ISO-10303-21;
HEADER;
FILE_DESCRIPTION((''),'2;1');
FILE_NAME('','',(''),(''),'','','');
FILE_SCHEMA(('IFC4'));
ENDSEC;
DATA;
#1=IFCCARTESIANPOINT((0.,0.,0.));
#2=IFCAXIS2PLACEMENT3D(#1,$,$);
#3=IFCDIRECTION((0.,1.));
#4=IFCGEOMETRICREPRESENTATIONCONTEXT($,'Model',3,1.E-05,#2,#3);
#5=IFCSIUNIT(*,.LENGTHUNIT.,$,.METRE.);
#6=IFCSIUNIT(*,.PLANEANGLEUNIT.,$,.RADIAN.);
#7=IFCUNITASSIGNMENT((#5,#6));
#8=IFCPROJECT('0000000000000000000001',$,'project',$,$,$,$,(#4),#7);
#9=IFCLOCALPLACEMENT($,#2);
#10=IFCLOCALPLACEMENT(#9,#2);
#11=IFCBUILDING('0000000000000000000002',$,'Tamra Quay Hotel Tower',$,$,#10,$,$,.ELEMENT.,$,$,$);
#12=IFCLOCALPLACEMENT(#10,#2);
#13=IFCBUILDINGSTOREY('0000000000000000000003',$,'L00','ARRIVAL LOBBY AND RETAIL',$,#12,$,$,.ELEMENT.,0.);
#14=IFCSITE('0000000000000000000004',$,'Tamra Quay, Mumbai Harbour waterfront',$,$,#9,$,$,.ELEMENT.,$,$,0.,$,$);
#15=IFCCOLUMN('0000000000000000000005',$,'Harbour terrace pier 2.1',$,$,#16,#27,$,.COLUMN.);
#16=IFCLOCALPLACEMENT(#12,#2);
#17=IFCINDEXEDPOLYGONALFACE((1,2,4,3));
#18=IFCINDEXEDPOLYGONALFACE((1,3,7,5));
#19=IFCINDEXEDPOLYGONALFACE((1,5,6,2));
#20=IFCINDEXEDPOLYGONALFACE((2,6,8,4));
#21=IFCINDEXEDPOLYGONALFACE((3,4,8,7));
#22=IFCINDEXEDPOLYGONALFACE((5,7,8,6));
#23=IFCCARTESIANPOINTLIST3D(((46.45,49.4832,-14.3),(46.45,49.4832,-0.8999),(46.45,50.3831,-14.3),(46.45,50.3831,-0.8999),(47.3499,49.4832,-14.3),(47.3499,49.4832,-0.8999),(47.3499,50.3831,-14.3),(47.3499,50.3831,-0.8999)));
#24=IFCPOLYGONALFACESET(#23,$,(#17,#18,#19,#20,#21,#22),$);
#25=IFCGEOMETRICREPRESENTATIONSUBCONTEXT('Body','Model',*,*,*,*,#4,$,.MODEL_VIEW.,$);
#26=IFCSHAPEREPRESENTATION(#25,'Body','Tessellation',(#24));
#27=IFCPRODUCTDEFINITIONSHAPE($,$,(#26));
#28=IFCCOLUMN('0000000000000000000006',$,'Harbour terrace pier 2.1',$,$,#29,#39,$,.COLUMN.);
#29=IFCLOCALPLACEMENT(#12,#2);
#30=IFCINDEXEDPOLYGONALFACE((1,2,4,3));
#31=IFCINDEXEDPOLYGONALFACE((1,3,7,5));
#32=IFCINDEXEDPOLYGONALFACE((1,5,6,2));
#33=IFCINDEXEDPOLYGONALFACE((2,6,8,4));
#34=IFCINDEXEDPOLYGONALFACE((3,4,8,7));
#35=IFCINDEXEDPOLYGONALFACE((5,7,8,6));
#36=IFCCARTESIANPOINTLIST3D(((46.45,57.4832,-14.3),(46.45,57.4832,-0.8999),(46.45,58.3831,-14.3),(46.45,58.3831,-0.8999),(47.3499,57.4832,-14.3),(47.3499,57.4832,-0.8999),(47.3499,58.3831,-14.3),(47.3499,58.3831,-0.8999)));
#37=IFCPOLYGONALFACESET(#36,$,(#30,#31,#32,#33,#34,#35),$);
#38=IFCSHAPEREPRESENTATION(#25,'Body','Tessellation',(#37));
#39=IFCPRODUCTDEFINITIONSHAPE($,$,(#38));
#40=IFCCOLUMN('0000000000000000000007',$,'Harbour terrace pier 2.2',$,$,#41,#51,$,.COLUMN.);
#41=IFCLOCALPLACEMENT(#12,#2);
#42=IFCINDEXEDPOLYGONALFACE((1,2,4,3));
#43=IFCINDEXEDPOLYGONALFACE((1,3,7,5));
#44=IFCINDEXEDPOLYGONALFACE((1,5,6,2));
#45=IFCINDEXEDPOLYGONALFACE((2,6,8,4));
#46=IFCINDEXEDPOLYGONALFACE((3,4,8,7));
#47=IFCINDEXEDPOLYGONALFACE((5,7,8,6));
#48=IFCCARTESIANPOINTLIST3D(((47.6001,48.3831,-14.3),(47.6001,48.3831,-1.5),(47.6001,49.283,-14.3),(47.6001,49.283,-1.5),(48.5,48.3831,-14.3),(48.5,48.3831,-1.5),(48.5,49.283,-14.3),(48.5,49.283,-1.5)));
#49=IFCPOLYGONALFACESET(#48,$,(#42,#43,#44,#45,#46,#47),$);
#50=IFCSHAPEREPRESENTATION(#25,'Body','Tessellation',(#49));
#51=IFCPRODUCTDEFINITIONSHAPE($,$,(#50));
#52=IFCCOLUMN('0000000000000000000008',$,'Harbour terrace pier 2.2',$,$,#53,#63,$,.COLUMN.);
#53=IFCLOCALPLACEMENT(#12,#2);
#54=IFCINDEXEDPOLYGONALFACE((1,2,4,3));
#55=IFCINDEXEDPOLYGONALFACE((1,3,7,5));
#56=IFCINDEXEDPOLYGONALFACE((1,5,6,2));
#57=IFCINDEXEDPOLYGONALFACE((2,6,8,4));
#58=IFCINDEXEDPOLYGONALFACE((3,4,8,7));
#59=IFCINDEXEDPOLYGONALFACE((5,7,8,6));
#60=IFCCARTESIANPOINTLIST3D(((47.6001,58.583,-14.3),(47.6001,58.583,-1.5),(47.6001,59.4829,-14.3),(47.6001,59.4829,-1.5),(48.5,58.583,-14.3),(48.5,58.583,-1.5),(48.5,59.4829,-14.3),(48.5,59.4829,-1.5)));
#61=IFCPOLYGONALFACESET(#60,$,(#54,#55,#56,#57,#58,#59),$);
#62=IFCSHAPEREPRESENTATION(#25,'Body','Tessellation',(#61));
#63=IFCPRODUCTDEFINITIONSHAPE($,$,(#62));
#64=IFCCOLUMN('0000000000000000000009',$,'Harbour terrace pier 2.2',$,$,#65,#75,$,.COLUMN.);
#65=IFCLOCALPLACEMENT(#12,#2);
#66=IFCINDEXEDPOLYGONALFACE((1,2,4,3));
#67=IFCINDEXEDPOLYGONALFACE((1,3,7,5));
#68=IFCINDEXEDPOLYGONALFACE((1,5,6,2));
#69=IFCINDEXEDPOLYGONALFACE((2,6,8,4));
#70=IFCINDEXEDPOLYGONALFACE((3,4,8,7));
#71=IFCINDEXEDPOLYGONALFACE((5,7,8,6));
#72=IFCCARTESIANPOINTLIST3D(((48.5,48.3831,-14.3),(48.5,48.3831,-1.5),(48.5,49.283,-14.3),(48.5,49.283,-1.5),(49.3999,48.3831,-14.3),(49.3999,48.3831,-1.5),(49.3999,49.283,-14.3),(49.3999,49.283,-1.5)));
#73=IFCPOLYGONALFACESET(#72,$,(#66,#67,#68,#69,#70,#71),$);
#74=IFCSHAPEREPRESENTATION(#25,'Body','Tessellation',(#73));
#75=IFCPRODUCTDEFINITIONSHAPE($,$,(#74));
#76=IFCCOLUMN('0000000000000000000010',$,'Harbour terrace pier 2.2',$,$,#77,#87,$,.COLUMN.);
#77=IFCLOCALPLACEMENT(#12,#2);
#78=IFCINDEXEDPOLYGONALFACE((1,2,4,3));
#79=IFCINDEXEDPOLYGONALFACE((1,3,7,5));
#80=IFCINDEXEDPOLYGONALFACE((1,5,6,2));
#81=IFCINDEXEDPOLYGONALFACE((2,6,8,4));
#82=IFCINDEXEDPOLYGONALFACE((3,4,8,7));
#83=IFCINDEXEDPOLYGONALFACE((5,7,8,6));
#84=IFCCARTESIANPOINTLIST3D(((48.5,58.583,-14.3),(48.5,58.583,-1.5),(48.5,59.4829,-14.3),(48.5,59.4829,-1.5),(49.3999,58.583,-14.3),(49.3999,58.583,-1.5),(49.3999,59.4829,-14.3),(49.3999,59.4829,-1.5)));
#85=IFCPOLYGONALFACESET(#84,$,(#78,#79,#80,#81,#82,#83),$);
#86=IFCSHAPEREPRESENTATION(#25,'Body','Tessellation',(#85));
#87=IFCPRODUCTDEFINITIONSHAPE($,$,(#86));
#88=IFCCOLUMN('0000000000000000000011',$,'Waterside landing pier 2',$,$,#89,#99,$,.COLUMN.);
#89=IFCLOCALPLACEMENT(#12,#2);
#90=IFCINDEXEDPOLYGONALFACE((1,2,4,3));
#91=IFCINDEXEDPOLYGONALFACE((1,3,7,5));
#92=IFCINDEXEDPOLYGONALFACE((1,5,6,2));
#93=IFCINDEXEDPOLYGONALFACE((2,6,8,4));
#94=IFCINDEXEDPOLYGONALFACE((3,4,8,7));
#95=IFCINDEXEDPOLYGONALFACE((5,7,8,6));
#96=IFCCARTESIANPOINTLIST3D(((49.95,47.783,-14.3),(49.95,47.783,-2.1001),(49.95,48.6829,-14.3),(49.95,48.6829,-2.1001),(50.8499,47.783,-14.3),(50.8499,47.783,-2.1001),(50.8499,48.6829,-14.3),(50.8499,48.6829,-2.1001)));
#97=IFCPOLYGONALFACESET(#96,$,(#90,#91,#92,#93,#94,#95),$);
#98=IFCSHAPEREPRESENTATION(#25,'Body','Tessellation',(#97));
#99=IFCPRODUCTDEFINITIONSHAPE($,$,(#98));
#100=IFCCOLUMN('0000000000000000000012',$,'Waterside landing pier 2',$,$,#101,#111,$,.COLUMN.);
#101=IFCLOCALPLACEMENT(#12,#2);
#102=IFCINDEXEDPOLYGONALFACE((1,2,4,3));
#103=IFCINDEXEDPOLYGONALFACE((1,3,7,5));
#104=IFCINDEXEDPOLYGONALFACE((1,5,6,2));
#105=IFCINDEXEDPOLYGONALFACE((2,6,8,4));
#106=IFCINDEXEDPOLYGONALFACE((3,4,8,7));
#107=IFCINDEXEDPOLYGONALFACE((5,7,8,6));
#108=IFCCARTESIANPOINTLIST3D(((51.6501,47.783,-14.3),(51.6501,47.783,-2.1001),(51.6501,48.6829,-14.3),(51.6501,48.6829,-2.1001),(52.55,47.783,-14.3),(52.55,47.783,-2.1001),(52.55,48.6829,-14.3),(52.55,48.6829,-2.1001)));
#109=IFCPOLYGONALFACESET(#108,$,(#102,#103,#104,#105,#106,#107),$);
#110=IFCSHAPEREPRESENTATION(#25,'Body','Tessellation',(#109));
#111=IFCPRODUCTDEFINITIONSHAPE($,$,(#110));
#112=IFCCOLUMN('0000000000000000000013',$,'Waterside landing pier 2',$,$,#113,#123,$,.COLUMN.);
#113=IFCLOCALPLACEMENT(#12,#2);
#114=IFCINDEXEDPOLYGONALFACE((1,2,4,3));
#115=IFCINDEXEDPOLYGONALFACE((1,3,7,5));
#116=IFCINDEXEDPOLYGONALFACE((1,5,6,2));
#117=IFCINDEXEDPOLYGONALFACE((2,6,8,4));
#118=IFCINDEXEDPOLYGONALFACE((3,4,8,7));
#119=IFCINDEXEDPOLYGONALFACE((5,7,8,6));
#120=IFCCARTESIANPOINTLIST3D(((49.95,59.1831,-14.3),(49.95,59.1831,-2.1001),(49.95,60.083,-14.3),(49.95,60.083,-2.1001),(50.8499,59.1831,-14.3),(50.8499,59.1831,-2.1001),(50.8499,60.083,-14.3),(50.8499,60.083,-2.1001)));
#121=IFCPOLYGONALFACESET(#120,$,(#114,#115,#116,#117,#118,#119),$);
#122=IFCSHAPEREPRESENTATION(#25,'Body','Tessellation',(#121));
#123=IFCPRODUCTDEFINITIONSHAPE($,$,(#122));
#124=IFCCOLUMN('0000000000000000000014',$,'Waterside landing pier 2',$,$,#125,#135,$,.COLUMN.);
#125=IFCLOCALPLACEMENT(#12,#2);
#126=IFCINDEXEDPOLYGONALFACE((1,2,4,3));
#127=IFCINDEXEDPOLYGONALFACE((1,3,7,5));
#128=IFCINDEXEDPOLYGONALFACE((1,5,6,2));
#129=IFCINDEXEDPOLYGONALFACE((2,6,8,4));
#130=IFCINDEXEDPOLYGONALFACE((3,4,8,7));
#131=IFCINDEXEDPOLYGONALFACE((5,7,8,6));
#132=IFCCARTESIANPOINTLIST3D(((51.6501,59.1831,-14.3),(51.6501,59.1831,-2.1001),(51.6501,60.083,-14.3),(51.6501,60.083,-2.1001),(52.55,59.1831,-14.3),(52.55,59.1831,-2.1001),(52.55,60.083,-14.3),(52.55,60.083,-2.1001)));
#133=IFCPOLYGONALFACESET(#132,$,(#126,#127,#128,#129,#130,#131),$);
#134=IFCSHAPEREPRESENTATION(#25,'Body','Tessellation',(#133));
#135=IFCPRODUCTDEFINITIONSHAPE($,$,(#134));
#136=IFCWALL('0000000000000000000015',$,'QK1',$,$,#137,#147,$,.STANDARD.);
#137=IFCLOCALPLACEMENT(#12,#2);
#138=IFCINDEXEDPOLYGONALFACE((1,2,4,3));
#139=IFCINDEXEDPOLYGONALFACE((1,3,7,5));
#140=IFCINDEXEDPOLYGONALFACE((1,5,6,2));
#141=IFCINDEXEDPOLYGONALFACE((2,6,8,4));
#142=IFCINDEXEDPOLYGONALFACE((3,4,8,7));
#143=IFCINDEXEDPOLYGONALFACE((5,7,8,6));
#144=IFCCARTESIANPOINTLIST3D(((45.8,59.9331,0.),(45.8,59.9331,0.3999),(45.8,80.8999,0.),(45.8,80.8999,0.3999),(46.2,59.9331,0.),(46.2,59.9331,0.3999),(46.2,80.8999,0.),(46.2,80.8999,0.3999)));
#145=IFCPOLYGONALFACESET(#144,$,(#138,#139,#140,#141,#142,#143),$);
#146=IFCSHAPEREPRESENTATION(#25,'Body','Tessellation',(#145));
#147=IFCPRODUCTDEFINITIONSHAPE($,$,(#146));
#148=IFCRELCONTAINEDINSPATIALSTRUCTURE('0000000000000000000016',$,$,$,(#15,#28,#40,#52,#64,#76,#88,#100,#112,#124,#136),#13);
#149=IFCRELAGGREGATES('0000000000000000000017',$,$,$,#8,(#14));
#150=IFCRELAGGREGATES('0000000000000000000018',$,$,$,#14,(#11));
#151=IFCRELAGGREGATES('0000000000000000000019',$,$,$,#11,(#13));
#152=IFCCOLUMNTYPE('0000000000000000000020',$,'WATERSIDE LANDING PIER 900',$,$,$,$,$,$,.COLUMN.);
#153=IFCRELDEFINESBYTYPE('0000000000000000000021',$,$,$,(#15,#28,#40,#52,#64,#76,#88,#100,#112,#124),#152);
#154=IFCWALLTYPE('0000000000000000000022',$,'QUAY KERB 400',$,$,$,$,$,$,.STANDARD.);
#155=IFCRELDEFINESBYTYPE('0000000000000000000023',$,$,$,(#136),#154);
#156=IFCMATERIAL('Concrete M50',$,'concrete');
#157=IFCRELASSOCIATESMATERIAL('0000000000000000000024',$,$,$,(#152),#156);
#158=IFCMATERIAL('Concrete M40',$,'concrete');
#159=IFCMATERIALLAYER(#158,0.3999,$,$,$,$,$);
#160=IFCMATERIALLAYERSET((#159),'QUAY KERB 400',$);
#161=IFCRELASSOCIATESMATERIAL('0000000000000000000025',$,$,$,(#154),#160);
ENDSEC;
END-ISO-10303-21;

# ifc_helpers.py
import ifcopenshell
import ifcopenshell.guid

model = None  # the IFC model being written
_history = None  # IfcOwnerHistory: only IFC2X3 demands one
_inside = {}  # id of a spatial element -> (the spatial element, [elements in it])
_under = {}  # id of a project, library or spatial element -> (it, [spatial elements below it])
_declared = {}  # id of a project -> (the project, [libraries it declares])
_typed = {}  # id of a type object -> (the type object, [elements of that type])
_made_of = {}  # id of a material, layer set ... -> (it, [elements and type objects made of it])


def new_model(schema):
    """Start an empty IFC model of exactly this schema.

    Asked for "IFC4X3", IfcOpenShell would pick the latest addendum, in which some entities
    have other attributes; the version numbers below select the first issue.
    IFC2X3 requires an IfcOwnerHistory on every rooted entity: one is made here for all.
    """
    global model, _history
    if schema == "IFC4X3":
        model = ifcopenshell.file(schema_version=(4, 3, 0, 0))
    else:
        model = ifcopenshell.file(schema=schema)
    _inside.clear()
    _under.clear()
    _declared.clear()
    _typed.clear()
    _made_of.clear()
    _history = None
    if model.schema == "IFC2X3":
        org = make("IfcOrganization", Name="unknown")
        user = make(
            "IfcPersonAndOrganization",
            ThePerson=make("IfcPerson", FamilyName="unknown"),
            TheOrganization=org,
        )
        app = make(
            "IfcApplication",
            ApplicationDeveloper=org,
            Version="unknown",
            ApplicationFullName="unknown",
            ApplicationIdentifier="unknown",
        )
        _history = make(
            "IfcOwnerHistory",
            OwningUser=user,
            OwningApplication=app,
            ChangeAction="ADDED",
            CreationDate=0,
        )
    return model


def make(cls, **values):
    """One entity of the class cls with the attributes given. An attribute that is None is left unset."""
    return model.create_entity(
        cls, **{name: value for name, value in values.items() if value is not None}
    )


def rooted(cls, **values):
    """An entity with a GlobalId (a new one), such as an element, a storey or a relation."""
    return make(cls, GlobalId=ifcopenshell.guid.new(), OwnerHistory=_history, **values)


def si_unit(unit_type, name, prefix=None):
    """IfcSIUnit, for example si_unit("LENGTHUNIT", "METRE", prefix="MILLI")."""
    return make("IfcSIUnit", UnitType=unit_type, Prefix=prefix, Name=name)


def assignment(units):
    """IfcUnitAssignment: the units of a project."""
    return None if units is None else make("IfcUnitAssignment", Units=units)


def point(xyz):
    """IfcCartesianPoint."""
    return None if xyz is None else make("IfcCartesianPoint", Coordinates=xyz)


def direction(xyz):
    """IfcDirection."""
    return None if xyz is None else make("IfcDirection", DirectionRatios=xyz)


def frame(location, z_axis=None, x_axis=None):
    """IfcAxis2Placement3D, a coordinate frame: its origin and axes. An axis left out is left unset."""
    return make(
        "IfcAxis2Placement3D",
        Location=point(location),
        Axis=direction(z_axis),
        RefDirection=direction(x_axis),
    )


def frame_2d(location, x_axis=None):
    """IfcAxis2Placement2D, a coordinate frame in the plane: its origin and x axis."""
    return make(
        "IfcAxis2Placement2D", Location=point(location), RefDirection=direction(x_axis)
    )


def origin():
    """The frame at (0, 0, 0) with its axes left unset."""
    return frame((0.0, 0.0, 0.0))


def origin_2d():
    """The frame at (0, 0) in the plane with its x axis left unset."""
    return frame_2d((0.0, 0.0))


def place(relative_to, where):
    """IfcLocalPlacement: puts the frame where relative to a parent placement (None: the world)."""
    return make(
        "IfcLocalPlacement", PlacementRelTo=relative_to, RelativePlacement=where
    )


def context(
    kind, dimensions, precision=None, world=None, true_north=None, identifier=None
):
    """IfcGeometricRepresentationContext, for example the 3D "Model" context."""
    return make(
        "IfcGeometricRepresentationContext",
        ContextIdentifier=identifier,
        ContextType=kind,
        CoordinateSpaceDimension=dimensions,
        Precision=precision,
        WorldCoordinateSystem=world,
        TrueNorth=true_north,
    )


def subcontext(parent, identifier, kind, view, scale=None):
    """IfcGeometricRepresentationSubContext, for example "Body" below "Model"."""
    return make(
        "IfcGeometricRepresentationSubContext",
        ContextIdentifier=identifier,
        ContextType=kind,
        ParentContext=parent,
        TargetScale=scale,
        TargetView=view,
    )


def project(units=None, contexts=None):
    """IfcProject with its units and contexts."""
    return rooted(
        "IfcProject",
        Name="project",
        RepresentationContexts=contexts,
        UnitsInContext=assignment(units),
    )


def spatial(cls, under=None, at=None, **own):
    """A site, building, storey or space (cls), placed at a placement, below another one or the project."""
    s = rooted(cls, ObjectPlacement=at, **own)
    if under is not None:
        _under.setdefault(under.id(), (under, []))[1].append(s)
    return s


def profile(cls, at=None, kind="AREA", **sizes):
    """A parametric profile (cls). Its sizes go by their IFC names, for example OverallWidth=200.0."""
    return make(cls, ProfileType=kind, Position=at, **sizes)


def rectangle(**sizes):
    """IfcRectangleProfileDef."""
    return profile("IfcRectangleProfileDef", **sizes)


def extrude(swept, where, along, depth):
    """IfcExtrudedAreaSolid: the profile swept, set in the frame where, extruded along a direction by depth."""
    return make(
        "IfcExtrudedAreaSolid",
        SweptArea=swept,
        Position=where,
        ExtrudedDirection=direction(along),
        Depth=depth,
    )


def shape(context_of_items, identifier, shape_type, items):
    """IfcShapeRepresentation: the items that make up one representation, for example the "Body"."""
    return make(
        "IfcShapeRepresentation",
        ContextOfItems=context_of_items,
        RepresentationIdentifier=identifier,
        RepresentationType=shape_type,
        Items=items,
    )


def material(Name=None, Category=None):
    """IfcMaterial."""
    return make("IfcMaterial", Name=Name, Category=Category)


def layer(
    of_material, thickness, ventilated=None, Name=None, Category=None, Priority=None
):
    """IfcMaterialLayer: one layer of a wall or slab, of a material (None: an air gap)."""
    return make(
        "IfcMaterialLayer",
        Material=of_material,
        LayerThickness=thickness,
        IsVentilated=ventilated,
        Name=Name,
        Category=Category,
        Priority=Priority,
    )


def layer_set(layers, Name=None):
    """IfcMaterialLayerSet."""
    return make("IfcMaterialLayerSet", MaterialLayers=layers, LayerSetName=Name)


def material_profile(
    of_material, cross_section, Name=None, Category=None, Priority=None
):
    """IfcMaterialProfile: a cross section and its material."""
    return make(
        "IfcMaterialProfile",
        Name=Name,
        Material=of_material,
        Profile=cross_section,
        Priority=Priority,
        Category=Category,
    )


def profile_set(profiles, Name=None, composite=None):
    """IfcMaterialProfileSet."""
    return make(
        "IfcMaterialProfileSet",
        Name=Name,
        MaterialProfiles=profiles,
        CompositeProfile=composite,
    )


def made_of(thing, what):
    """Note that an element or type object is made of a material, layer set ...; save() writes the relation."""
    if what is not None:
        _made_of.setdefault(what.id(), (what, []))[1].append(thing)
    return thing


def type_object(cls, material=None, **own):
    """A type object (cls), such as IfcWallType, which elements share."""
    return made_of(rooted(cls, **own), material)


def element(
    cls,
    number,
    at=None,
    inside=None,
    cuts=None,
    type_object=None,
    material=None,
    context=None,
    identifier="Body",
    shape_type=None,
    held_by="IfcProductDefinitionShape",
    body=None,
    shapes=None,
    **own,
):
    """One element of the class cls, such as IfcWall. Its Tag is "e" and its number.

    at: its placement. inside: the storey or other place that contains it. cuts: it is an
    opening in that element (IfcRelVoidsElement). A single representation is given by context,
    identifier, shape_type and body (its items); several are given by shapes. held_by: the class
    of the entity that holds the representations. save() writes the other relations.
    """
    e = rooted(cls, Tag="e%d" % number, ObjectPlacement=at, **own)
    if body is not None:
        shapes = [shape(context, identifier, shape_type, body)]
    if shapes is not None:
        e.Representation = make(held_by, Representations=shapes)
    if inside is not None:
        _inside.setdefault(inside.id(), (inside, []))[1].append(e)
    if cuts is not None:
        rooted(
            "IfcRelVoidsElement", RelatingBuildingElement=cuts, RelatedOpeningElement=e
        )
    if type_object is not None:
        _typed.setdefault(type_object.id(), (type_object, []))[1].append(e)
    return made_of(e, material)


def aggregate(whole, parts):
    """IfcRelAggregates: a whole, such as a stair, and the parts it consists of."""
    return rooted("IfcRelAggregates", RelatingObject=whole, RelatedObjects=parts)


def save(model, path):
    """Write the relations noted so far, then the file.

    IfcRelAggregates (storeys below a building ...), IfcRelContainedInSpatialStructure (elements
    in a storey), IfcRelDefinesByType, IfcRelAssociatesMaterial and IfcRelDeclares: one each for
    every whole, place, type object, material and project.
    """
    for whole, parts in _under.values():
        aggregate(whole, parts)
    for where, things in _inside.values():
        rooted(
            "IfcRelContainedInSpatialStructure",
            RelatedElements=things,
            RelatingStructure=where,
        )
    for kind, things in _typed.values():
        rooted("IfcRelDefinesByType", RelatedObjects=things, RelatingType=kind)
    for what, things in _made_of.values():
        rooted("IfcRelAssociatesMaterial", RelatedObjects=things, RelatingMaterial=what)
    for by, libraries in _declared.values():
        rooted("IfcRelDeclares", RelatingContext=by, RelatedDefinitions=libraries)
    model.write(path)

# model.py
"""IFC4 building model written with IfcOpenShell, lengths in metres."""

from ifc_helpers import new_model, si_unit, direction, frame, frame_2d, origin, origin_2d, place, context, subcontext, project, spatial, rectangle, extrude, material, layer, layer_set, material_profile, profile_set, type_object, element, save


model = new_model("IFC4")

# Units and contexts
model_context = context("Model", 3, precision=1e-05, world=origin(), true_north=direction((0.0, 1.0)))
body_context = subcontext(model_context, "Body", "Model", "MODEL_VIEW")
ifc_project = project(units=[si_unit("LENGTHUNIT", "METRE"), si_unit("PLANEANGLEUNIT", "RADIAN")], contexts=[model_context])

# Site, building, storey
site_placement = place(None, origin())
site = spatial("IfcSite", under=ifc_project, at=site_placement, Name="Tamra Quay, Mumbai Harbour waterfront", CompositionType="ELEMENT", RefElevation=0.0)
building_placement = place(site_placement, origin())
building = spatial("IfcBuilding", under=site, at=building_placement, Name="Tamra Quay Hotel Tower", CompositionType="ELEMENT")
storey_placement = place(building_placement, origin())
storey = spatial("IfcBuildingStorey", under=building, at=storey_placement, Name="L00", Description="ARRIVAL LOBBY AND RETAIL", CompositionType="ELEMENT", Elevation=0.0)

# Columns
ifc_material_1 = material(Name="Concrete M50", Category="concrete")
ifc_material_profile = material_profile(ifc_material_1, rectangle(XDim=0.8999, YDim=0.8999, at=origin_2d()), Name="WATERSIDE LANDING PIER 900")
ifc_profile_set = profile_set([ifc_material_profile], Name="Concrete M50")
column_type = type_object("IfcColumnType", Name="WATERSIDE LANDING PIER 900", PredefinedType="COLUMN", material=ifc_profile_set)
for number, where, z_axis, x_axis, name in (
    (1, (46.8999, 49.9331, -14.3), (0.0, 0.0, 1.0), (1.0, 0.0, 0.0), "Harbour terrace pier 2.1"),
    (2, (46.8999, 57.9331, -14.3), (0.0, 0.0, 1.0), (1.0, 0.0, 0.0), "Harbour terrace pier 2.1"),
):
    element("IfcColumn", number, at=place(storey_placement, frame(where, z_axis=z_axis, x_axis=x_axis)), inside=storey, type_object=column_type, Name=name, PredefinedType="COLUMN", context=body_context, shape_type="SweptSolid", body=[
        extrude(rectangle(XDim=0.8999, YDim=0.8999, at=origin_2d()), origin(), (0.0, 0.0, 1.0), 13.4001),
    ])
for number, where, z_axis, x_axis, name in (
    (3, (48.05, 48.833, -14.3), (0.0, 0.0, 1.0), (1.0, 0.0, 0.0), "Harbour terrace pier 2.2"),
    (4, (48.05, 59.033, -14.3), (0.0, 0.0, 1.0), (1.0, 0.0, 0.0), "Harbour terrace pier 2.2"),
    (5, (48.95, 48.833, -14.3), (0.0, 0.0, 1.0), (1.0, 0.0, 0.0), "Harbour terrace pier 2.2"),
    (6, (48.95, 59.033, -14.3), (0.0, 0.0, 1.0), (1.0, 0.0, 0.0), "Harbour terrace pier 2.2"),
):
    element("IfcColumn", number, at=place(storey_placement, frame(where, z_axis=z_axis, x_axis=x_axis)), inside=storey, type_object=column_type, Name=name, PredefinedType="COLUMN", context=body_context, shape_type="SweptSolid", body=[
        extrude(rectangle(XDim=0.8999, YDim=0.8999, at=origin_2d()), origin(), (0.0, 0.0, 1.0), 12.8),
    ])
for number, where, z_axis, x_axis, name in (
    (7, (50.3999, 48.2329, -14.3), (0.0, 0.0, 1.0), (1.0, 0.0, 0.0), "Waterside landing pier 2"),
    (8, (52.1001, 48.2329, -14.3), (0.0, 0.0, 1.0), (1.0, 0.0, 0.0), "Waterside landing pier 2"),
    (9, (50.3999, 59.6331, -14.3), (0.0, 0.0, 1.0), (1.0, 0.0, 0.0), "Waterside landing pier 2"),
    (10, (52.1001, 59.6331, -14.3), (0.0, 0.0, 1.0), (1.0, 0.0, 0.0), "Waterside landing pier 2"),
):
    element("IfcColumn", number, at=place(storey_placement, frame(where, z_axis=z_axis, x_axis=x_axis)), inside=storey, type_object=column_type, Name=name, PredefinedType="COLUMN", context=body_context, shape_type="SweptSolid", body=[
        extrude(rectangle(XDim=0.8999, YDim=0.8999, at=origin_2d()), origin(), (0.0, 0.0, 1.0), 12.2),
    ])

# Wall
ifc_material_2 = material(Name="Concrete M40", Category="concrete")
ifc_layer = layer(ifc_material_2, 0.3999)
ifc_layer_set = layer_set([ifc_layer], Name="QUAY KERB 400")
wall_type = type_object("IfcWallType", Name="QUAY KERB 400", PredefinedType="STANDARD", material=ifc_layer_set)
wall_placement = place(storey_placement, frame((46.0, 59.9331, 0.0), z_axis=(0.0, 0.0, 1.0), x_axis=(0.0, 1.0, 0.0)))
element("IfcWall", 11, at=wall_placement, inside=storey, type_object=wall_type, Name="QK1", PredefinedType="STANDARD", context=body_context, shape_type="SweptSolid", body=[
    extrude(rectangle(XDim=20.9668, YDim=0.3999, at=frame_2d((10.4834, 0.0))), origin(), (0.0, 0.0, 1.0), 0.3999),
])

save(model, "model.ifc")
